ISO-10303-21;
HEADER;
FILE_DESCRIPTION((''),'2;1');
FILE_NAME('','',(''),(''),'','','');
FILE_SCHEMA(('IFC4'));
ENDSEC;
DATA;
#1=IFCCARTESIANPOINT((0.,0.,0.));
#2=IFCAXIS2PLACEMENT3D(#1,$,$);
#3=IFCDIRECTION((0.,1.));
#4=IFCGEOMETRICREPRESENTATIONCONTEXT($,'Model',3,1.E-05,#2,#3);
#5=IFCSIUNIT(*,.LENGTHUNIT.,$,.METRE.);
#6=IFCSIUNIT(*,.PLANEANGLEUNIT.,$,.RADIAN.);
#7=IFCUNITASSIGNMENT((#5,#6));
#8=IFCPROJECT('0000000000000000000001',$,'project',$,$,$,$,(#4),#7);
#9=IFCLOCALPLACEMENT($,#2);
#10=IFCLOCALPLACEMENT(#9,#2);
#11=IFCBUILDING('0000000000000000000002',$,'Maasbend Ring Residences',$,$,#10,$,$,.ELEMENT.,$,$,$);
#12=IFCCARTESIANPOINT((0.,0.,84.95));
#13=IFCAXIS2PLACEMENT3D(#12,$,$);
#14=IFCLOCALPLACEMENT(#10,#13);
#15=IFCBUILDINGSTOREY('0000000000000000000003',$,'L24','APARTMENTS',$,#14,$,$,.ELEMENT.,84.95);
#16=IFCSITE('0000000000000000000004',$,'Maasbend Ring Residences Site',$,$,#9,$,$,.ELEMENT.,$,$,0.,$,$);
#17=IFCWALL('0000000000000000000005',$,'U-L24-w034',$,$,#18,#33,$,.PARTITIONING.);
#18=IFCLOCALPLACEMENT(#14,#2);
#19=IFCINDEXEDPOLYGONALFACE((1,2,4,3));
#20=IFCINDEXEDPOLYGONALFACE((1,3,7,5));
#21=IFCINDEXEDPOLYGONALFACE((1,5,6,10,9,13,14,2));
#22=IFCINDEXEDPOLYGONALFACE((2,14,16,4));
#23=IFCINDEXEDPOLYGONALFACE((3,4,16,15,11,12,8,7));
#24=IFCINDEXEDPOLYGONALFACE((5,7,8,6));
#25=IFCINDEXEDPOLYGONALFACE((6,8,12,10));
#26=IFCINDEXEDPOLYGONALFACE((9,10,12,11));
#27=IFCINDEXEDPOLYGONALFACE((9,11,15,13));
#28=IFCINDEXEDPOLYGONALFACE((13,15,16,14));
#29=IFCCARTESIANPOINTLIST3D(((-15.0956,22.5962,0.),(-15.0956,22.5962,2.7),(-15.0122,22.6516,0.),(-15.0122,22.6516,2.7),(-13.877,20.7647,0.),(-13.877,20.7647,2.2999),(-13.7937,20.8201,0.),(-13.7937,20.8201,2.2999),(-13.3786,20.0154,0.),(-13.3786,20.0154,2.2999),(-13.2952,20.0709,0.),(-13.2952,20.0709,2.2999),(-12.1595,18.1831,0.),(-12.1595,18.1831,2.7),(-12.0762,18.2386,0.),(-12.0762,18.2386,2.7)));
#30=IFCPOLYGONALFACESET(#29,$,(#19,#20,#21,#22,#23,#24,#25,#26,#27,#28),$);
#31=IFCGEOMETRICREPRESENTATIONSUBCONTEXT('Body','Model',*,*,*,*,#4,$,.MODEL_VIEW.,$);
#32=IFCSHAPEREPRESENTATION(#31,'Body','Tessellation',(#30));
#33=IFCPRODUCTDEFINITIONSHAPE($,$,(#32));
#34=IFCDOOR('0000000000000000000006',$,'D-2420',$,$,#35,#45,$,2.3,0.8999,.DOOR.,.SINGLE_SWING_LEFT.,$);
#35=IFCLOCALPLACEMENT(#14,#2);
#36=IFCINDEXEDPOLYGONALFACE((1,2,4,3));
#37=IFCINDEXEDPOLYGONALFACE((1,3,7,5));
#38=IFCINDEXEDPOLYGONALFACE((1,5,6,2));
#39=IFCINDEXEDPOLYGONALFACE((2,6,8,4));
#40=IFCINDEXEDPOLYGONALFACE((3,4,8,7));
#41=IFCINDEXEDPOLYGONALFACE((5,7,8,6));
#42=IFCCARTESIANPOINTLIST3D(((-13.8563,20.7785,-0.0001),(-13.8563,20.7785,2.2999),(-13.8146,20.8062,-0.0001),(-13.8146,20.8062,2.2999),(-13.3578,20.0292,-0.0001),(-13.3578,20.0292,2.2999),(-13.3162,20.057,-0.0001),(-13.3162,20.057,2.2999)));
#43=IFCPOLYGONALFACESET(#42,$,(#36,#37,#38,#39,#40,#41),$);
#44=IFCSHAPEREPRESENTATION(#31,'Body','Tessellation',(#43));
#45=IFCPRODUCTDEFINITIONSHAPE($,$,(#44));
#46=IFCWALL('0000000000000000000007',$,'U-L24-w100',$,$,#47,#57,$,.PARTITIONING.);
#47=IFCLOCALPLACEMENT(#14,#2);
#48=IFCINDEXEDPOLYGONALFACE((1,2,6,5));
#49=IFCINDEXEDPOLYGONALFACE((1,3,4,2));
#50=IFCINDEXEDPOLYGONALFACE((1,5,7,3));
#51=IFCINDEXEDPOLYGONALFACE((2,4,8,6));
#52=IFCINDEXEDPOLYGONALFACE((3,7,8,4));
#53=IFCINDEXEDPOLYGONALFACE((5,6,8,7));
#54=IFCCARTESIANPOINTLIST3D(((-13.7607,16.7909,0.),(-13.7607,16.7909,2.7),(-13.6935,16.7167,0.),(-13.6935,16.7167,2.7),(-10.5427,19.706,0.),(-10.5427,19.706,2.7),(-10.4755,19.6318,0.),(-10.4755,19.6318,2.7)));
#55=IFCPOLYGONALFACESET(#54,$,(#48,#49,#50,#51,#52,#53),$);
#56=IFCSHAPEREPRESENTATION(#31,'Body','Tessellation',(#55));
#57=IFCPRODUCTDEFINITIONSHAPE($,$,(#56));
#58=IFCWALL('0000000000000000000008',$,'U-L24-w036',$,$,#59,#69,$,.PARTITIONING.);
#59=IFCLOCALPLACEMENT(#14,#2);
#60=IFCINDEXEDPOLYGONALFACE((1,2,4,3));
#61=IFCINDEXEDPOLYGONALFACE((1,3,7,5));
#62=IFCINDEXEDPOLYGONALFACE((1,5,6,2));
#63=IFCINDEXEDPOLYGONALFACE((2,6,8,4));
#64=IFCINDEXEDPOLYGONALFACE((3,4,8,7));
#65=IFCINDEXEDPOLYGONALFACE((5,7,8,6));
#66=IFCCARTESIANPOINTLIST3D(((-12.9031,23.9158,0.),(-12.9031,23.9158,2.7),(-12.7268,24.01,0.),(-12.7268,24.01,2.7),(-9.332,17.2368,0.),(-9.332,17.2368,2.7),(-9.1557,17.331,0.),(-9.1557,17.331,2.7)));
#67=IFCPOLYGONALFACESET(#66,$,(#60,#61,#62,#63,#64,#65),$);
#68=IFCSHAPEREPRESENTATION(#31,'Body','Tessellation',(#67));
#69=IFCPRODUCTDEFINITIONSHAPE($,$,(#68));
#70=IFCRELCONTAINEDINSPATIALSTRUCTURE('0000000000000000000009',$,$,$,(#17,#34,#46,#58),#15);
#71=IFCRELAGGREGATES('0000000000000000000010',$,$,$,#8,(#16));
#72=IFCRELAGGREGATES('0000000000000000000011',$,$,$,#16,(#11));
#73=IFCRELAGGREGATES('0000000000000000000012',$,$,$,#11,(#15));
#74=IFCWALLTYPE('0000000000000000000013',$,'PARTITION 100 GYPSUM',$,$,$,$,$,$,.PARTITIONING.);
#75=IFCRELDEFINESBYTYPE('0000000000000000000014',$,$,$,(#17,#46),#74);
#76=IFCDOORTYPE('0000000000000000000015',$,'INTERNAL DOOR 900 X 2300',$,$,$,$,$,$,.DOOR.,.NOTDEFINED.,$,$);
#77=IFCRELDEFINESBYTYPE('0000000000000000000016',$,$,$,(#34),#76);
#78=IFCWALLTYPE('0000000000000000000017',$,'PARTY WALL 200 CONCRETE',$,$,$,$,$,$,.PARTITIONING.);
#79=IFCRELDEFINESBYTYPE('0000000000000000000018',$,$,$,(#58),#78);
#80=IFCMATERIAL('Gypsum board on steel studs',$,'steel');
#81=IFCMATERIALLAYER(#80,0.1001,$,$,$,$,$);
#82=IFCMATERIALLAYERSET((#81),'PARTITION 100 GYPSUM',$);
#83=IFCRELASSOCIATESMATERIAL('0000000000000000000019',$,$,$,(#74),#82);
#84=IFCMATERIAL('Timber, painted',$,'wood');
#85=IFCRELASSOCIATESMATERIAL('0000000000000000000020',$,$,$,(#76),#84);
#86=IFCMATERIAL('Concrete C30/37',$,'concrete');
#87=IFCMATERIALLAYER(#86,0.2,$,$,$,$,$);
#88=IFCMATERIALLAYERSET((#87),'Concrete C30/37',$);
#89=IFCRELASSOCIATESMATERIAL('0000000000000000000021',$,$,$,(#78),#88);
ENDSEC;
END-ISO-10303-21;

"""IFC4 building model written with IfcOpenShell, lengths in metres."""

from ifc_helpers import new_model, si_unit, direction, frame, frame_2d, origin, place, context, subcontext, project, spatial, rectangle, extrude, material, layer, layer_set, type_object, element, fill, save


model = new_model("IFC4")

# Units and contexts
model_context = context("Model", 3, precision=1e-05, world=origin(), true_north=direction((0.0, 1.0)))
body_context = subcontext(model_context, "Body", "Model", "MODEL_VIEW")
ifc_project = project(units=[si_unit("LENGTHUNIT", "METRE"), si_unit("PLANEANGLEUNIT", "RADIAN")], contexts=[model_context])

# Site, building, storey
site_placement = place(None, origin())
site = spatial("IfcSite", under=ifc_project, at=site_placement, Name="Maasbend Ring Residences Site", CompositionType="ELEMENT", RefElevation=0.0)
building_placement = place(site_placement, origin())
building = spatial("IfcBuilding", under=site, at=building_placement, Name="Maasbend Ring Residences", CompositionType="ELEMENT")
storey_placement = place(building_placement, frame((0.0, 0.0, 84.95)))
storey = spatial("IfcBuildingStorey", under=building, at=storey_placement, Name="L24", Description="APARTMENTS", CompositionType="ELEMENT", Elevation=84.95)

# Shared definitions
ifc_material_1 = material(Name="Gypsum board on steel studs", Category="steel")
ifc_layer_1 = layer(ifc_material_1, 0.1001)
ifc_layer_set_1 = layer_set([ifc_layer_1], Name="PARTITION 100 GYPSUM")
wall_type_1 = type_object("IfcWallType", Name="PARTITION 100 GYPSUM", PredefinedType="PARTITIONING", material=ifc_layer_set_1)
ifc_material_2 = material(Name="Timber, painted", Category="wood")
door_type_1 = type_object("IfcDoorType", Name="INTERNAL DOOR 900 X 2300", OperationType="NOTDEFINED", PredefinedType="DOOR", material=ifc_material_2)

# Wall, opening, door
wall_1_placement = place(storey_placement, frame((-15.054, 22.624, 0.0), z_axis=(0.0, 0.0, 1.0), x_axis=(0.553913, -0.832574, 0.0)))
wall_1 = element("IfcWall", 1, at=wall_1_placement, inside=storey, type_object=wall_type_1, Name="U-L24-w034", PredefinedType="PARTITIONING", context=body_context, shape_type="SweptSolid", body=[
    extrude(rectangle(XDim=5.3005, YDim=0.1001, at=frame_2d((2.6504, 0.0))), origin(), (0.0, 0.0, 1.0), 2.7),
])
opening_1_placement = place(wall_1_placement, frame((2.2, 0.0, 0.0)))
opening_1 = element("IfcOpeningElement", 2, at=opening_1_placement, cuts=wall_1, PredefinedType="OPENING", context=body_context, shape_type="SweptSolid", body=[
    extrude(rectangle(XDim=0.8999, YDim=2.3, at=frame_2d((0.45, 1.1499))), frame((0.0, 0.0601, 0.0), z_axis=(0.0, -1.0, 0.0), x_axis=(1.0, 0.0, 0.0)), (0.0, 0.0, 1.0), 0.1201),
])
door_1_placement = place(opening_1_placement, origin())
door_1 = element("IfcDoor", 3, at=door_1_placement, inside=storey, type_object=door_type_1, Name="D-2420", OperationType="SINGLE_SWING_LEFT", OverallHeight=2.3, OverallWidth=0.8999, PredefinedType="DOOR", context=body_context, shape_type="SweptSolid", body=[
    extrude(rectangle(XDim=0.8999, YDim=2.3, at=frame_2d((0.45, 1.1499))), frame((0.0, 0.0249, 0.0), z_axis=(0.0, -1.0, 0.0), x_axis=(1.0, 0.0, 0.0)), (0.0, 0.0, 1.0), 0.05),
])
fill(opening_1, door_1)

# Walls
wall_2_placement = place(storey_placement, frame((-13.7271, 16.7539, 0.0), z_axis=(0.0, 0.0, 1.0), x_axis=(0.741135, 0.671356, 0.0)))
element("IfcWall", 4, at=wall_2_placement, inside=storey, type_object=wall_type_1, Name="U-L24-w100", PredefinedType="PARTITIONING", context=body_context, shape_type="SweptSolid", body=[
    extrude(rectangle(XDim=4.342, YDim=0.1001, at=frame_2d((2.1709, 0.0))), origin(), (0.0, 0.0, 1.0), 2.7),
])
ifc_material_3 = material(Name="Concrete C30/37", Category="concrete")
ifc_layer_2 = layer(ifc_material_3, 0.2)
ifc_layer_set_2 = layer_set([ifc_layer_2], Name="Concrete C30/37")
wall_type_2 = type_object("IfcWallType", Name="PARTY WALL 200 CONCRETE", PredefinedType="PARTITIONING", material=ifc_layer_set_2)
wall_3_placement = place(storey_placement, frame((-12.8149, 23.9629, 0.0), z_axis=(0.0, 0.0, 1.0), x_axis=(0.471507, -0.881863, 0.0)))
element("IfcWall", 5, at=wall_3_placement, inside=storey, type_object=wall_type_2, Name="U-L24-w036", PredefinedType="PARTITIONING", context=body_context, shape_type="SweptSolid", body=[
    extrude(rectangle(XDim=7.5737, YDim=0.2, at=frame_2d((3.7869, 0.0))), origin(), (0.0, 0.0, 1.0), 2.7),
])

save(model, "model.ifc")
